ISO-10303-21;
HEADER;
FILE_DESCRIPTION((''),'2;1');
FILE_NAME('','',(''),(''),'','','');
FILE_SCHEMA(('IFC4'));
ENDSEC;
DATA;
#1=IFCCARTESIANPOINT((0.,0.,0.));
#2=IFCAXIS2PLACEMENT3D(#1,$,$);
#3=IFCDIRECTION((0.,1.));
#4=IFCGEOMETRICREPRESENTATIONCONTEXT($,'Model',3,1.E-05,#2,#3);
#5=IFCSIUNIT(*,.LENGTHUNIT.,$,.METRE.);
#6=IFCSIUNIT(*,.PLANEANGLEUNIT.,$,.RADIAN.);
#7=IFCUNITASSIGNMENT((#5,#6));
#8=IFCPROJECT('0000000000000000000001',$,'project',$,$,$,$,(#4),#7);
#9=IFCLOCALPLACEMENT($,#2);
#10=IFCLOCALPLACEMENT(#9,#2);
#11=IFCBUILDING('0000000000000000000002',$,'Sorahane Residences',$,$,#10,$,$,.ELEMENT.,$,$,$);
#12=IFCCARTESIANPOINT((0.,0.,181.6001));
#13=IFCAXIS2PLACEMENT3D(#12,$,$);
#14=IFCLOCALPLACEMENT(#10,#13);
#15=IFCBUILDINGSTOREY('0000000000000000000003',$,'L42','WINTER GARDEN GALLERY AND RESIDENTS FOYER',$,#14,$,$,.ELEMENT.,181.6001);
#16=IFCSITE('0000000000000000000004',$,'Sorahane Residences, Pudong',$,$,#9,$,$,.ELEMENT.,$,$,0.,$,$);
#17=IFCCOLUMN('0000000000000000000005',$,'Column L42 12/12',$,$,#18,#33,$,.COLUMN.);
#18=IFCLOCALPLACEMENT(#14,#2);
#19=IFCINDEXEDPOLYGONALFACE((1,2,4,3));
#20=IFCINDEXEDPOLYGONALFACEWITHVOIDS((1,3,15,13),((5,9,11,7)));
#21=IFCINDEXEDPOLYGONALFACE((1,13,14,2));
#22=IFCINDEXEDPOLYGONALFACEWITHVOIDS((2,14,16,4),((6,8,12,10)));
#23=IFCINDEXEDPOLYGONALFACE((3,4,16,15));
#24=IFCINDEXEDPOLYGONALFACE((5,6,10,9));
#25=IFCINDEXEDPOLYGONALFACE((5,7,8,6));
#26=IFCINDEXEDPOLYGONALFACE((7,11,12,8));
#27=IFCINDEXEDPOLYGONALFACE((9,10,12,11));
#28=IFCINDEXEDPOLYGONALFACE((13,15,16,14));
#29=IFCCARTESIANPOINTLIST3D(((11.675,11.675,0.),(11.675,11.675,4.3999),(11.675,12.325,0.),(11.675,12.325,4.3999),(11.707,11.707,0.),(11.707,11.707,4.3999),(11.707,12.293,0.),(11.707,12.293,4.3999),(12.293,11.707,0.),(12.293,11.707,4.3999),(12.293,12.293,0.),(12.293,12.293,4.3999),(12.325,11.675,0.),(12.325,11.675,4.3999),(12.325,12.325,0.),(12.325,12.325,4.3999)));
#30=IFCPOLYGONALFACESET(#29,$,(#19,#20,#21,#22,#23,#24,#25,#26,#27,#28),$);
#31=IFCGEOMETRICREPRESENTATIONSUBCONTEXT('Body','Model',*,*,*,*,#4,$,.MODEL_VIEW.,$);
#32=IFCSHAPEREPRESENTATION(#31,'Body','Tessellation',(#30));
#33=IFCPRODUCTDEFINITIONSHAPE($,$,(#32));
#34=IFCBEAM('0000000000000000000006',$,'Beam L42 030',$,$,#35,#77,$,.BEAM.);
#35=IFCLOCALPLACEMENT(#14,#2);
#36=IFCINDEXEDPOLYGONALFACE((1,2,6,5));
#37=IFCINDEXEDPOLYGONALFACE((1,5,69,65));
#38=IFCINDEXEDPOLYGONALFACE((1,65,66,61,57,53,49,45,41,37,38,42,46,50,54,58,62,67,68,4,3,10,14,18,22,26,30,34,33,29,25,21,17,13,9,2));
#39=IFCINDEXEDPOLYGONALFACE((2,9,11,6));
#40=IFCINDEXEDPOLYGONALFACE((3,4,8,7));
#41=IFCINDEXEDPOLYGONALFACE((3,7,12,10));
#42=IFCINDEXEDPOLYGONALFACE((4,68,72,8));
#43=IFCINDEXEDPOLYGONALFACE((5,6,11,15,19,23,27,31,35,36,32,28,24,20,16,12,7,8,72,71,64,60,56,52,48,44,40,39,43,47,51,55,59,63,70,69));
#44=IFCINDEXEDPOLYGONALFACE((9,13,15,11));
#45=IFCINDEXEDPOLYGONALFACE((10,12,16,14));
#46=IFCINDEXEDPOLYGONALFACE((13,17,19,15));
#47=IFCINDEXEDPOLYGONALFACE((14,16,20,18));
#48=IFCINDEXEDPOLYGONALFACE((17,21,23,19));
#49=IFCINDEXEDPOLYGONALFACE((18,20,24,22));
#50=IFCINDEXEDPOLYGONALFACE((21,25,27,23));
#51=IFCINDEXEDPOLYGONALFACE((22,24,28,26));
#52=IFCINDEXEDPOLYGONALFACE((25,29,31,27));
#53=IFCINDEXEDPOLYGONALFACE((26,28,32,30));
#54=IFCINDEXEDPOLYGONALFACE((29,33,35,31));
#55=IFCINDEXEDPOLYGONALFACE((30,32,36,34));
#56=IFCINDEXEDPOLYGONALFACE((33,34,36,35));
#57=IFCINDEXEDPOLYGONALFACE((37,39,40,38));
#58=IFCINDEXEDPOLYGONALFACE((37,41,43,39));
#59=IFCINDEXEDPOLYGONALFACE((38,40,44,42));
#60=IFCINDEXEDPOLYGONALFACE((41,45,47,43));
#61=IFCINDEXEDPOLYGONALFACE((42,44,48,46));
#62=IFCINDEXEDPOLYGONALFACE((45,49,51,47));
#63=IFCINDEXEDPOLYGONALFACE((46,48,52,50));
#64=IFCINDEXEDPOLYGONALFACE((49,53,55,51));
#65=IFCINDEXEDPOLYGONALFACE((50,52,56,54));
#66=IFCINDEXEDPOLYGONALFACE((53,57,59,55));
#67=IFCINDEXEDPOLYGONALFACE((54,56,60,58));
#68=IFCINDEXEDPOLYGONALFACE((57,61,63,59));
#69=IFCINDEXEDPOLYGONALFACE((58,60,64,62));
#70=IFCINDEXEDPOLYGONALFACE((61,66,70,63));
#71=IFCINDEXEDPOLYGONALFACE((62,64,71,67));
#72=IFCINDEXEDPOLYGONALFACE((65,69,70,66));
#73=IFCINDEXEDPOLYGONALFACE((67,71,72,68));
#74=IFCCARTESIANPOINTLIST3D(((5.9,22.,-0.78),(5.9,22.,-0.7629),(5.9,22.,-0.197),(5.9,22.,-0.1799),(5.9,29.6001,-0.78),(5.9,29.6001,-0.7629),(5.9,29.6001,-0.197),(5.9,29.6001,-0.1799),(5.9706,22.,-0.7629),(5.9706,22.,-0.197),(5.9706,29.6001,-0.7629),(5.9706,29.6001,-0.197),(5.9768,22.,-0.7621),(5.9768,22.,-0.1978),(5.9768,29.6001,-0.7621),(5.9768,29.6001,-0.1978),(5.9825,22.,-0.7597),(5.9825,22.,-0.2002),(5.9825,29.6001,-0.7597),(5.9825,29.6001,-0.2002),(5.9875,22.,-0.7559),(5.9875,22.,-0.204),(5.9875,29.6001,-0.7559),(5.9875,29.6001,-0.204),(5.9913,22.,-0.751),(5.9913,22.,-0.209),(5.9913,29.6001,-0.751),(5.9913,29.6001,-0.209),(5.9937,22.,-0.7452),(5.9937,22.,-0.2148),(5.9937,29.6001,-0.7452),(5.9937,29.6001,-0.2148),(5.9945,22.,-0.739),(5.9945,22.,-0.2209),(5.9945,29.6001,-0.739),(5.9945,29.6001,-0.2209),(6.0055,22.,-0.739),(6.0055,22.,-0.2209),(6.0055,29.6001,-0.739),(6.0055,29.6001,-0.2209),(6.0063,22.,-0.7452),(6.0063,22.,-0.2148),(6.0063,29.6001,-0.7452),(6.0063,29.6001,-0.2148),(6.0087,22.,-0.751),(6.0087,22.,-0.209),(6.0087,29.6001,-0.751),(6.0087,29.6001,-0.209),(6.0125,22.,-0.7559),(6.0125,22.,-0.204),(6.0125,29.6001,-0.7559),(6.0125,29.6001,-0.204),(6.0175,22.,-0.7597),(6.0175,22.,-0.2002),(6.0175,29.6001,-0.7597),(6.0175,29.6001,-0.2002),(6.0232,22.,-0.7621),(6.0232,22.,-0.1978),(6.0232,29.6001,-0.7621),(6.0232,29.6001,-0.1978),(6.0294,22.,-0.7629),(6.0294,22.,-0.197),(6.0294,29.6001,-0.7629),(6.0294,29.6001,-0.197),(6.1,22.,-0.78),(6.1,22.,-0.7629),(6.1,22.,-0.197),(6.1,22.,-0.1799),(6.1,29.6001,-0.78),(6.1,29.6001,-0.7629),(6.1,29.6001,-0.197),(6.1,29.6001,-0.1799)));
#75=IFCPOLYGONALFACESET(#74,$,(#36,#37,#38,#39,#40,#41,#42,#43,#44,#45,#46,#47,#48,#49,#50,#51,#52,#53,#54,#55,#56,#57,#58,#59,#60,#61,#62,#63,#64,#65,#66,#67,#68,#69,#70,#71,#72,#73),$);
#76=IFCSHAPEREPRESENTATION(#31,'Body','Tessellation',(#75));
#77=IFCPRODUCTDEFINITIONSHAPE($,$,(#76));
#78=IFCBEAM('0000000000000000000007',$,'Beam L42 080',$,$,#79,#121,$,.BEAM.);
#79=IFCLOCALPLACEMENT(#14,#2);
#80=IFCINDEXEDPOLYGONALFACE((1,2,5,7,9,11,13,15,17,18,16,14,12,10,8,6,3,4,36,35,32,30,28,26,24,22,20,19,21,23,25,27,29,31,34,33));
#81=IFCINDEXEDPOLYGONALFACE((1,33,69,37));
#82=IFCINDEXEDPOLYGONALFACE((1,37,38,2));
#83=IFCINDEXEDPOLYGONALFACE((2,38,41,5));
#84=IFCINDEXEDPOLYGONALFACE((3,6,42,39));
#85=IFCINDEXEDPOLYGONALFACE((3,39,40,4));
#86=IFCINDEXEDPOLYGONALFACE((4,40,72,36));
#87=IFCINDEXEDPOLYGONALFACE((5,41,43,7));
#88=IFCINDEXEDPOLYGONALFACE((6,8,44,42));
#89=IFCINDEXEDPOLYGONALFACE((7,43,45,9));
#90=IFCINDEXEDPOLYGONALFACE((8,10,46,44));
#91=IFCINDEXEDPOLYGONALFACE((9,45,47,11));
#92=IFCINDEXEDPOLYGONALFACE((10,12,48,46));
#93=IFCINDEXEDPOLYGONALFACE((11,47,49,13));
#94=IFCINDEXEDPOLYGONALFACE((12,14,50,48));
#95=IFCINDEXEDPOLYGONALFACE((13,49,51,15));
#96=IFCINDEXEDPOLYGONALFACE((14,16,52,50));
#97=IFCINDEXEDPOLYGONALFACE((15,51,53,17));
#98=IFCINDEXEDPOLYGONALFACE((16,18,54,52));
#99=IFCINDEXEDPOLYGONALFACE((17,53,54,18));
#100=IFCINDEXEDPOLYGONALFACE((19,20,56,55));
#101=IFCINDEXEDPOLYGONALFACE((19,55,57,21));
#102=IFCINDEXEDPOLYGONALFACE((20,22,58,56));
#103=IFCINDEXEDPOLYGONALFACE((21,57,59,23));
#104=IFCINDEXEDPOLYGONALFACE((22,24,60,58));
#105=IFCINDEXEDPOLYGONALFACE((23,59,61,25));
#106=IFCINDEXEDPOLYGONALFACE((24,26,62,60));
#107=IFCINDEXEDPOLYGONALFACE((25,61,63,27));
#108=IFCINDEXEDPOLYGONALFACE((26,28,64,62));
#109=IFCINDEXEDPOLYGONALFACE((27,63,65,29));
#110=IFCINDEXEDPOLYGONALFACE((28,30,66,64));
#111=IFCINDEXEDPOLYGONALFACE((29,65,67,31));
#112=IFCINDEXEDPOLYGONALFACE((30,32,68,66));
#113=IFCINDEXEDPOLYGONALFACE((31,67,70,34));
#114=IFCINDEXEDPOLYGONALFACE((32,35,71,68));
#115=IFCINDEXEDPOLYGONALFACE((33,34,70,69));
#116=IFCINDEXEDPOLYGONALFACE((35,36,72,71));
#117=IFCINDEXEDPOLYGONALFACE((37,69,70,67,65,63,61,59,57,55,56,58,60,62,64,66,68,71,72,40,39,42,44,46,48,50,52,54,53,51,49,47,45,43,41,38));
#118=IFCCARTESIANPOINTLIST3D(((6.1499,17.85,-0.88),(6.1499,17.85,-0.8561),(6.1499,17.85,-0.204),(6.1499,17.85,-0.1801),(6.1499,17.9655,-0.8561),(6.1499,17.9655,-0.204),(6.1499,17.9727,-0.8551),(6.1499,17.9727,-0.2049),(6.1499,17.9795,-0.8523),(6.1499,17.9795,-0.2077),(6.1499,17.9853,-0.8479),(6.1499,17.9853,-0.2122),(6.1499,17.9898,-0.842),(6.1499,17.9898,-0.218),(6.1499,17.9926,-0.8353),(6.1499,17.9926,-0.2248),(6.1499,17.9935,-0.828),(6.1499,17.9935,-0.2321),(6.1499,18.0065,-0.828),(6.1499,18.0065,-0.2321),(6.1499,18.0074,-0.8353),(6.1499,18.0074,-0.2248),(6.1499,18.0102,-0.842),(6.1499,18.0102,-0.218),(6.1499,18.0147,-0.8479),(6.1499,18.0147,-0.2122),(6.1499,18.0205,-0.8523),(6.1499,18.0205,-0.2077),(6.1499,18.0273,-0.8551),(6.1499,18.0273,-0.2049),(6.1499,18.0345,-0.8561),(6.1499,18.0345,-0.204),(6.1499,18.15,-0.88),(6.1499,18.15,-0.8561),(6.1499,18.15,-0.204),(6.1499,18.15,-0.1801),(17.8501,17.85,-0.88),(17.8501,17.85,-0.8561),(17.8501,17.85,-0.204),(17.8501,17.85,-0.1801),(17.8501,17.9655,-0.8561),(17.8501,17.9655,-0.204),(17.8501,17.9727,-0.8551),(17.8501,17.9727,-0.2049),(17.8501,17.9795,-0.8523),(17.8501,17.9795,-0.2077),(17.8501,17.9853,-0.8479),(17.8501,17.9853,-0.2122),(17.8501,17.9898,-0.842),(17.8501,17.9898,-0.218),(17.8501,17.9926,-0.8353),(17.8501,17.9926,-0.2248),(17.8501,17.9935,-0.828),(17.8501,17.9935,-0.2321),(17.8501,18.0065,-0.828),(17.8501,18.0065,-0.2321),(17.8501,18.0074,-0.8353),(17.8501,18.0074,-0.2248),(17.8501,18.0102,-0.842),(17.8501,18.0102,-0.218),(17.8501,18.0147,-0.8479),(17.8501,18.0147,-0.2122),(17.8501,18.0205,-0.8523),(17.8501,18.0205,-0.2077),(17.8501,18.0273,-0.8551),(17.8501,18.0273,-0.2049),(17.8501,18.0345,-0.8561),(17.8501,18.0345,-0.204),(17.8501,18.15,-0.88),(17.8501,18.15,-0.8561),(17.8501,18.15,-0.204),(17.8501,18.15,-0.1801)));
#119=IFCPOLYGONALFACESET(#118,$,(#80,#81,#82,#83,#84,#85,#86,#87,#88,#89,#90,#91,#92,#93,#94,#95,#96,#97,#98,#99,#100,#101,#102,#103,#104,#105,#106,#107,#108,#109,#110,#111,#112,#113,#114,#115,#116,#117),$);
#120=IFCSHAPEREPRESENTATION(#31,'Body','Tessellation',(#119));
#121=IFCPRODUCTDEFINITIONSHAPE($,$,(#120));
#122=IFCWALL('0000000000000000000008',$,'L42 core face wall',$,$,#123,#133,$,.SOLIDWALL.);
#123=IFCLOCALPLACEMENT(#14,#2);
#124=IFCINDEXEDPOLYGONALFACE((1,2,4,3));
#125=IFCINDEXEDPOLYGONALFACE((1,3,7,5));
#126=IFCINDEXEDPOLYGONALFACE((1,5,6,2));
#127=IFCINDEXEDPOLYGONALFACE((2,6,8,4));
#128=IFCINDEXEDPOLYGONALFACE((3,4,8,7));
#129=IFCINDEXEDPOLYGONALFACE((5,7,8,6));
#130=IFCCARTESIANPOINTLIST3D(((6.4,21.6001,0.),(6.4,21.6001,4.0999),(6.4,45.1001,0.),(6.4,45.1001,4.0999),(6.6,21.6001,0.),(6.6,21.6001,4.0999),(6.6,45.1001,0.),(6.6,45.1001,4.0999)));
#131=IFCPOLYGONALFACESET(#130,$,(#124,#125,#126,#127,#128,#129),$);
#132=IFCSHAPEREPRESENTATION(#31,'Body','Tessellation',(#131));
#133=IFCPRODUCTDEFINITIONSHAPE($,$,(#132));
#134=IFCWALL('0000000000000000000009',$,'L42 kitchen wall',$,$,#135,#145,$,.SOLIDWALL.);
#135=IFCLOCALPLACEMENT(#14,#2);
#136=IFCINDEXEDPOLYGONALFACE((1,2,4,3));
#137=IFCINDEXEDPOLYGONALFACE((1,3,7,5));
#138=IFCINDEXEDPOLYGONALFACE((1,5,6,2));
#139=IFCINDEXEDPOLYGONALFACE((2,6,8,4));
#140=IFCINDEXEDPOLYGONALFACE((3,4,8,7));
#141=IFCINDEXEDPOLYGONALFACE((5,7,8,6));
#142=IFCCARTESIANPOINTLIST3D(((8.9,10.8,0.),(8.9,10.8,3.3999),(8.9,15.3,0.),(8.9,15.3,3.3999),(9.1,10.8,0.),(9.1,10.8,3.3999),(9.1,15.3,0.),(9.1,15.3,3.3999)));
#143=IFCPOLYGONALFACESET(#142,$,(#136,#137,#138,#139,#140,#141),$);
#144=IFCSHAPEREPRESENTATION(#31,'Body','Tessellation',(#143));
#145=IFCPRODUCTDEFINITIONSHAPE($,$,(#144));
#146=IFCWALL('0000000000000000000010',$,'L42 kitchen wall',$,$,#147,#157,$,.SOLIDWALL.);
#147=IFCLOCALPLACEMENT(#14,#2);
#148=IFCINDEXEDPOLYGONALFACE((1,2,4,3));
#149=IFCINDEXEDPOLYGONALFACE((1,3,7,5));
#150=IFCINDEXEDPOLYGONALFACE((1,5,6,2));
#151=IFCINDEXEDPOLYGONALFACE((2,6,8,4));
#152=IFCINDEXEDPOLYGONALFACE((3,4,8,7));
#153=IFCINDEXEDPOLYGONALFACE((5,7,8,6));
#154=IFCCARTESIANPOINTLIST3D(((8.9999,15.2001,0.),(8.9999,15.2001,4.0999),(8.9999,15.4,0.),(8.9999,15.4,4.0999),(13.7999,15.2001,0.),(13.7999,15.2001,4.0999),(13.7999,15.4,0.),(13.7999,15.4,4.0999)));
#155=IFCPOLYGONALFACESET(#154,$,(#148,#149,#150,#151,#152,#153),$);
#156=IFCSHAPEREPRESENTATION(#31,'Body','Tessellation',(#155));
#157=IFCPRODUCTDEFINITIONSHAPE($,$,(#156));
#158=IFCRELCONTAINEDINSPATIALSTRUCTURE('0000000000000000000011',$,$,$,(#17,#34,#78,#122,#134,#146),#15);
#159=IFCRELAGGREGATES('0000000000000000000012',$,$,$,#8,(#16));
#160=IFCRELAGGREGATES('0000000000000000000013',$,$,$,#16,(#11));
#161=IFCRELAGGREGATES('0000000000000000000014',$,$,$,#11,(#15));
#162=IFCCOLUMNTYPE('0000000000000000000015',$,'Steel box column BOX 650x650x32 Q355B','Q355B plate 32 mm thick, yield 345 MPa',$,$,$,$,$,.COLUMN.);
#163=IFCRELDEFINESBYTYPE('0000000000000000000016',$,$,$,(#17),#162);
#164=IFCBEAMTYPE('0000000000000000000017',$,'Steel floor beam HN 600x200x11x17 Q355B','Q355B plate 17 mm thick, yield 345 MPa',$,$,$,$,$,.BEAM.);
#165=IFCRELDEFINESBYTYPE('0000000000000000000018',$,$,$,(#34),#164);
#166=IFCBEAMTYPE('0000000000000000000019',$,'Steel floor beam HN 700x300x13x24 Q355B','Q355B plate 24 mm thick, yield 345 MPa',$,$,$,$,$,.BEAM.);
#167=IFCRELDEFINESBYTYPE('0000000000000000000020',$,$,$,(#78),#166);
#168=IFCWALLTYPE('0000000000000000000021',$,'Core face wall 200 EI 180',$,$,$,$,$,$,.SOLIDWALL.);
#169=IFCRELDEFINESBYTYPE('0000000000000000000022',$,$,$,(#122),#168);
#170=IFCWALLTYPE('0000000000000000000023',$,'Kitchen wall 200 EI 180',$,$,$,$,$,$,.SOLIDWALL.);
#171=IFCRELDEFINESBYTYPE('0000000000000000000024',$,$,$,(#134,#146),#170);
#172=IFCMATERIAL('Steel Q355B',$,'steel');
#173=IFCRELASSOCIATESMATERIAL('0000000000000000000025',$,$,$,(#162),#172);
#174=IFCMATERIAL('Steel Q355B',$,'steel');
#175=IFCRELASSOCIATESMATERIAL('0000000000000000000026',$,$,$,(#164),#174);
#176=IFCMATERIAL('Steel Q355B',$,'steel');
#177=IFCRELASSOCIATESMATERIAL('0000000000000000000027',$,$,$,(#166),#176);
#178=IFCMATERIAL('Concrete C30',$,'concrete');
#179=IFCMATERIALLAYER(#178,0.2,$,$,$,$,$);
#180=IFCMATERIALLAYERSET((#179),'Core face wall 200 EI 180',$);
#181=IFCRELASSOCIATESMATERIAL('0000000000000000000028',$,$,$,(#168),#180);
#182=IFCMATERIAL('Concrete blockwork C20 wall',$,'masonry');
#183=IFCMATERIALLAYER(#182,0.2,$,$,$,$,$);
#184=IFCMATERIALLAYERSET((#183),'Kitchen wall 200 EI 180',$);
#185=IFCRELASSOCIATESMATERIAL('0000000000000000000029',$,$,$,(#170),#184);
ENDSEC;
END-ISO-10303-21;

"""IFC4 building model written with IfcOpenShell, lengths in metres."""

from ifc_helpers import new_model, si_unit, direction, frame, frame_2d, origin, origin_2d, place, context, subcontext, project, spatial, rectangle, hollow_rectangle, i_section, extrude, material, layer, layer_set, material_profile, profile_set, type_object, element, save


model = new_model("IFC4")

# Units and contexts
model_context = context("Model", 3, precision=1e-05, world=origin(), true_north=direction((0.0, 1.0)))
body_context = subcontext(model_context, "Body", "Model", "MODEL_VIEW")
ifc_project = project(units=[si_unit("LENGTHUNIT", "METRE"), si_unit("PLANEANGLEUNIT", "RADIAN")], contexts=[model_context])

# Site, building, storey
site_placement = place(None, origin())
site = spatial("IfcSite", under=ifc_project, at=site_placement, Name="Sorahane Residences, Pudong", CompositionType="ELEMENT", RefElevation=0.0)
building_placement = place(site_placement, origin())
building = spatial("IfcBuilding", under=site, at=building_placement, Name="Sorahane Residences", CompositionType="ELEMENT")
storey_placement = place(building_placement, frame((0.0, 0.0, 181.6001)))
storey = spatial("IfcBuildingStorey", under=building, at=storey_placement, Name="L42", Description="WINTER GARDEN GALLERY AND RESIDENTS FOYER", CompositionType="ELEMENT", Elevation=181.6001)

# Column
ifc_material_1 = material(Name="Steel Q355B", Category="steel")
ifc_material_profile_1 = material_profile(ifc_material_1, hollow_rectangle(XDim=0.6499, YDim=0.6499, WallThickness=0.032, at=origin_2d()), Name="BOX 650x650x32")
ifc_profile_set_1 = profile_set([ifc_material_profile_1], Name="Steel Q355B")
column_type = type_object("IfcColumnType", Name="Steel box column BOX 650x650x32 Q355B", Description="Q355B plate 32 mm thick, yield 345 MPa", PredefinedType="COLUMN", material=ifc_profile_set_1)
column_placement = place(storey_placement, frame((12.0, 12.0, 0.0), z_axis=(0.0, 0.0, 1.0), x_axis=(1.0, 0.0, 0.0)))
element("IfcColumn", 1, at=column_placement, inside=storey, type_object=column_type, Name="Column L42 12/12", PredefinedType="COLUMN", context=body_context, shape_type="SweptSolid", body=[
    extrude(hollow_rectangle(XDim=0.6499, YDim=0.6499, WallThickness=0.032, at=origin_2d()), origin(), (0.0, 0.0, 1.0), 4.3999),
])

# Beams
ifc_material_2 = material(Name="Steel Q355B", Category="steel")
ifc_material_profile_2 = material_profile(ifc_material_2, i_section(OverallWidth=0.2, OverallDepth=0.6001, WebThickness=0.011, FlangeThickness=0.0171, FilletRadius=0.0239, at=origin_2d()), Name="HN 600x200x11x17")
ifc_profile_set_2 = profile_set([ifc_material_profile_2], Name="Steel Q355B")
beam_type_1 = type_object("IfcBeamType", Name="Steel floor beam HN 600x200x11x17 Q355B", Description="Q355B plate 17 mm thick, yield 345 MPa", PredefinedType="BEAM", material=ifc_profile_set_2)
beam_1_placement = place(storey_placement, frame((6.0, 22.0, -0.48), z_axis=(0.0, 1.0, 0.0), x_axis=(-1.0, 0.0, 0.0)))
element("IfcBeam", 2, at=beam_1_placement, inside=storey, type_object=beam_type_1, Name="Beam L42 030", PredefinedType="BEAM", context=body_context, shape_type="SweptSolid", body=[
    extrude(i_section(OverallWidth=0.2, OverallDepth=0.6001, WebThickness=0.011, FlangeThickness=0.0171, FilletRadius=0.0239, at=origin_2d()), origin(), (0.0, 0.0, 1.0), 7.6001),
])
ifc_material_3 = material(Name="Steel Q355B", Category="steel")
ifc_material_profile_3 = material_profile(ifc_material_3, i_section(OverallWidth=0.3, OverallDepth=0.7, WebThickness=0.0129, FlangeThickness=0.0239, FilletRadius=0.0281, at=origin_2d()), Name="HN 700x300x13x24")
ifc_profile_set_3 = profile_set([ifc_material_profile_3], Name="Steel Q355B")
beam_type_2 = type_object("IfcBeamType", Name="Steel floor beam HN 700x300x13x24 Q355B", Description="Q355B plate 24 mm thick, yield 345 MPa", PredefinedType="BEAM", material=ifc_profile_set_3)
beam_2_placement = place(storey_placement, frame((6.1499, 18.0, -0.53), z_axis=(1.0, 0.0, 0.0), x_axis=(0.0, 1.0, 0.0)))
element("IfcBeam", 3, at=beam_2_placement, inside=storey, type_object=beam_type_2, Name="Beam L42 080", PredefinedType="BEAM", context=body_context, shape_type="SweptSolid", body=[
    extrude(i_section(OverallWidth=0.3, OverallDepth=0.7, WebThickness=0.0129, FlangeThickness=0.0239, FilletRadius=0.0281, at=origin_2d()), origin(), (0.0, 0.0, 1.0), 11.7002),
])

# Walls
ifc_material_4 = material(Name="Concrete C30", Category="concrete")
ifc_layer_1 = layer(ifc_material_4, 0.2)
ifc_layer_set_1 = layer_set([ifc_layer_1], Name="Core face wall 200 EI 180")
wall_type_1 = type_object("IfcWallType", Name="Core face wall 200 EI 180", PredefinedType="SOLIDWALL", material=ifc_layer_set_1)
wall_1_placement = place(storey_placement, frame((6.5, 21.6001, 0.0), z_axis=(0.0, 0.0, 1.0), x_axis=(0.0, 1.0, 0.0)))
element("IfcWall", 4, at=wall_1_placement, inside=storey, type_object=wall_type_1, Name="L42 core face wall", PredefinedType="SOLIDWALL", context=body_context, shape_type="SweptSolid", body=[
    extrude(rectangle(XDim=23.5, YDim=0.2, at=frame_2d((11.75, 0.0))), origin(), (0.0, 0.0, 1.0), 4.0999),
])
ifc_material_5 = material(Name="Concrete blockwork C20 wall", Category="masonry")
ifc_layer_2 = layer(ifc_material_5, 0.2)
ifc_layer_set_2 = layer_set([ifc_layer_2], Name="Kitchen wall 200 EI 180")
wall_type_2 = type_object("IfcWallType", Name="Kitchen wall 200 EI 180", PredefinedType="SOLIDWALL", material=ifc_layer_set_2)
wall_2_placement = place(storey_placement, frame((9.0, 10.8, 0.0), z_axis=(0.0, 0.0, 1.0), x_axis=(0.0, 1.0, 0.0)))
element("IfcWall", 5, at=wall_2_placement, inside=storey, type_object=wall_type_2, Name="L42 kitchen wall", PredefinedType="SOLIDWALL", context=body_context, shape_type="SweptSolid", body=[
    extrude(rectangle(XDim=4.5, YDim=0.2, at=frame_2d((2.25, 0.0))), origin(), (0.0, 0.0, 1.0), 3.3999),
])

# Wall
wall_3_placement = place(storey_placement, frame((9.0, 15.3, 0.0), z_axis=(0.0, 0.0, 1.0), x_axis=(1.0, 0.0, 0.0)))
element("IfcWall", 6, at=wall_3_placement, inside=storey, type_object=wall_type_2, Name="L42 kitchen wall", PredefinedType="SOLIDWALL", context=body_context, shape_type="SweptSolid", body=[
    extrude(rectangle(XDim=4.8, YDim=0.2, at=frame_2d((2.3999, 0.0))), origin(), (0.0, 0.0, 1.0), 4.0999),
])

save(model, "model.ifc")
